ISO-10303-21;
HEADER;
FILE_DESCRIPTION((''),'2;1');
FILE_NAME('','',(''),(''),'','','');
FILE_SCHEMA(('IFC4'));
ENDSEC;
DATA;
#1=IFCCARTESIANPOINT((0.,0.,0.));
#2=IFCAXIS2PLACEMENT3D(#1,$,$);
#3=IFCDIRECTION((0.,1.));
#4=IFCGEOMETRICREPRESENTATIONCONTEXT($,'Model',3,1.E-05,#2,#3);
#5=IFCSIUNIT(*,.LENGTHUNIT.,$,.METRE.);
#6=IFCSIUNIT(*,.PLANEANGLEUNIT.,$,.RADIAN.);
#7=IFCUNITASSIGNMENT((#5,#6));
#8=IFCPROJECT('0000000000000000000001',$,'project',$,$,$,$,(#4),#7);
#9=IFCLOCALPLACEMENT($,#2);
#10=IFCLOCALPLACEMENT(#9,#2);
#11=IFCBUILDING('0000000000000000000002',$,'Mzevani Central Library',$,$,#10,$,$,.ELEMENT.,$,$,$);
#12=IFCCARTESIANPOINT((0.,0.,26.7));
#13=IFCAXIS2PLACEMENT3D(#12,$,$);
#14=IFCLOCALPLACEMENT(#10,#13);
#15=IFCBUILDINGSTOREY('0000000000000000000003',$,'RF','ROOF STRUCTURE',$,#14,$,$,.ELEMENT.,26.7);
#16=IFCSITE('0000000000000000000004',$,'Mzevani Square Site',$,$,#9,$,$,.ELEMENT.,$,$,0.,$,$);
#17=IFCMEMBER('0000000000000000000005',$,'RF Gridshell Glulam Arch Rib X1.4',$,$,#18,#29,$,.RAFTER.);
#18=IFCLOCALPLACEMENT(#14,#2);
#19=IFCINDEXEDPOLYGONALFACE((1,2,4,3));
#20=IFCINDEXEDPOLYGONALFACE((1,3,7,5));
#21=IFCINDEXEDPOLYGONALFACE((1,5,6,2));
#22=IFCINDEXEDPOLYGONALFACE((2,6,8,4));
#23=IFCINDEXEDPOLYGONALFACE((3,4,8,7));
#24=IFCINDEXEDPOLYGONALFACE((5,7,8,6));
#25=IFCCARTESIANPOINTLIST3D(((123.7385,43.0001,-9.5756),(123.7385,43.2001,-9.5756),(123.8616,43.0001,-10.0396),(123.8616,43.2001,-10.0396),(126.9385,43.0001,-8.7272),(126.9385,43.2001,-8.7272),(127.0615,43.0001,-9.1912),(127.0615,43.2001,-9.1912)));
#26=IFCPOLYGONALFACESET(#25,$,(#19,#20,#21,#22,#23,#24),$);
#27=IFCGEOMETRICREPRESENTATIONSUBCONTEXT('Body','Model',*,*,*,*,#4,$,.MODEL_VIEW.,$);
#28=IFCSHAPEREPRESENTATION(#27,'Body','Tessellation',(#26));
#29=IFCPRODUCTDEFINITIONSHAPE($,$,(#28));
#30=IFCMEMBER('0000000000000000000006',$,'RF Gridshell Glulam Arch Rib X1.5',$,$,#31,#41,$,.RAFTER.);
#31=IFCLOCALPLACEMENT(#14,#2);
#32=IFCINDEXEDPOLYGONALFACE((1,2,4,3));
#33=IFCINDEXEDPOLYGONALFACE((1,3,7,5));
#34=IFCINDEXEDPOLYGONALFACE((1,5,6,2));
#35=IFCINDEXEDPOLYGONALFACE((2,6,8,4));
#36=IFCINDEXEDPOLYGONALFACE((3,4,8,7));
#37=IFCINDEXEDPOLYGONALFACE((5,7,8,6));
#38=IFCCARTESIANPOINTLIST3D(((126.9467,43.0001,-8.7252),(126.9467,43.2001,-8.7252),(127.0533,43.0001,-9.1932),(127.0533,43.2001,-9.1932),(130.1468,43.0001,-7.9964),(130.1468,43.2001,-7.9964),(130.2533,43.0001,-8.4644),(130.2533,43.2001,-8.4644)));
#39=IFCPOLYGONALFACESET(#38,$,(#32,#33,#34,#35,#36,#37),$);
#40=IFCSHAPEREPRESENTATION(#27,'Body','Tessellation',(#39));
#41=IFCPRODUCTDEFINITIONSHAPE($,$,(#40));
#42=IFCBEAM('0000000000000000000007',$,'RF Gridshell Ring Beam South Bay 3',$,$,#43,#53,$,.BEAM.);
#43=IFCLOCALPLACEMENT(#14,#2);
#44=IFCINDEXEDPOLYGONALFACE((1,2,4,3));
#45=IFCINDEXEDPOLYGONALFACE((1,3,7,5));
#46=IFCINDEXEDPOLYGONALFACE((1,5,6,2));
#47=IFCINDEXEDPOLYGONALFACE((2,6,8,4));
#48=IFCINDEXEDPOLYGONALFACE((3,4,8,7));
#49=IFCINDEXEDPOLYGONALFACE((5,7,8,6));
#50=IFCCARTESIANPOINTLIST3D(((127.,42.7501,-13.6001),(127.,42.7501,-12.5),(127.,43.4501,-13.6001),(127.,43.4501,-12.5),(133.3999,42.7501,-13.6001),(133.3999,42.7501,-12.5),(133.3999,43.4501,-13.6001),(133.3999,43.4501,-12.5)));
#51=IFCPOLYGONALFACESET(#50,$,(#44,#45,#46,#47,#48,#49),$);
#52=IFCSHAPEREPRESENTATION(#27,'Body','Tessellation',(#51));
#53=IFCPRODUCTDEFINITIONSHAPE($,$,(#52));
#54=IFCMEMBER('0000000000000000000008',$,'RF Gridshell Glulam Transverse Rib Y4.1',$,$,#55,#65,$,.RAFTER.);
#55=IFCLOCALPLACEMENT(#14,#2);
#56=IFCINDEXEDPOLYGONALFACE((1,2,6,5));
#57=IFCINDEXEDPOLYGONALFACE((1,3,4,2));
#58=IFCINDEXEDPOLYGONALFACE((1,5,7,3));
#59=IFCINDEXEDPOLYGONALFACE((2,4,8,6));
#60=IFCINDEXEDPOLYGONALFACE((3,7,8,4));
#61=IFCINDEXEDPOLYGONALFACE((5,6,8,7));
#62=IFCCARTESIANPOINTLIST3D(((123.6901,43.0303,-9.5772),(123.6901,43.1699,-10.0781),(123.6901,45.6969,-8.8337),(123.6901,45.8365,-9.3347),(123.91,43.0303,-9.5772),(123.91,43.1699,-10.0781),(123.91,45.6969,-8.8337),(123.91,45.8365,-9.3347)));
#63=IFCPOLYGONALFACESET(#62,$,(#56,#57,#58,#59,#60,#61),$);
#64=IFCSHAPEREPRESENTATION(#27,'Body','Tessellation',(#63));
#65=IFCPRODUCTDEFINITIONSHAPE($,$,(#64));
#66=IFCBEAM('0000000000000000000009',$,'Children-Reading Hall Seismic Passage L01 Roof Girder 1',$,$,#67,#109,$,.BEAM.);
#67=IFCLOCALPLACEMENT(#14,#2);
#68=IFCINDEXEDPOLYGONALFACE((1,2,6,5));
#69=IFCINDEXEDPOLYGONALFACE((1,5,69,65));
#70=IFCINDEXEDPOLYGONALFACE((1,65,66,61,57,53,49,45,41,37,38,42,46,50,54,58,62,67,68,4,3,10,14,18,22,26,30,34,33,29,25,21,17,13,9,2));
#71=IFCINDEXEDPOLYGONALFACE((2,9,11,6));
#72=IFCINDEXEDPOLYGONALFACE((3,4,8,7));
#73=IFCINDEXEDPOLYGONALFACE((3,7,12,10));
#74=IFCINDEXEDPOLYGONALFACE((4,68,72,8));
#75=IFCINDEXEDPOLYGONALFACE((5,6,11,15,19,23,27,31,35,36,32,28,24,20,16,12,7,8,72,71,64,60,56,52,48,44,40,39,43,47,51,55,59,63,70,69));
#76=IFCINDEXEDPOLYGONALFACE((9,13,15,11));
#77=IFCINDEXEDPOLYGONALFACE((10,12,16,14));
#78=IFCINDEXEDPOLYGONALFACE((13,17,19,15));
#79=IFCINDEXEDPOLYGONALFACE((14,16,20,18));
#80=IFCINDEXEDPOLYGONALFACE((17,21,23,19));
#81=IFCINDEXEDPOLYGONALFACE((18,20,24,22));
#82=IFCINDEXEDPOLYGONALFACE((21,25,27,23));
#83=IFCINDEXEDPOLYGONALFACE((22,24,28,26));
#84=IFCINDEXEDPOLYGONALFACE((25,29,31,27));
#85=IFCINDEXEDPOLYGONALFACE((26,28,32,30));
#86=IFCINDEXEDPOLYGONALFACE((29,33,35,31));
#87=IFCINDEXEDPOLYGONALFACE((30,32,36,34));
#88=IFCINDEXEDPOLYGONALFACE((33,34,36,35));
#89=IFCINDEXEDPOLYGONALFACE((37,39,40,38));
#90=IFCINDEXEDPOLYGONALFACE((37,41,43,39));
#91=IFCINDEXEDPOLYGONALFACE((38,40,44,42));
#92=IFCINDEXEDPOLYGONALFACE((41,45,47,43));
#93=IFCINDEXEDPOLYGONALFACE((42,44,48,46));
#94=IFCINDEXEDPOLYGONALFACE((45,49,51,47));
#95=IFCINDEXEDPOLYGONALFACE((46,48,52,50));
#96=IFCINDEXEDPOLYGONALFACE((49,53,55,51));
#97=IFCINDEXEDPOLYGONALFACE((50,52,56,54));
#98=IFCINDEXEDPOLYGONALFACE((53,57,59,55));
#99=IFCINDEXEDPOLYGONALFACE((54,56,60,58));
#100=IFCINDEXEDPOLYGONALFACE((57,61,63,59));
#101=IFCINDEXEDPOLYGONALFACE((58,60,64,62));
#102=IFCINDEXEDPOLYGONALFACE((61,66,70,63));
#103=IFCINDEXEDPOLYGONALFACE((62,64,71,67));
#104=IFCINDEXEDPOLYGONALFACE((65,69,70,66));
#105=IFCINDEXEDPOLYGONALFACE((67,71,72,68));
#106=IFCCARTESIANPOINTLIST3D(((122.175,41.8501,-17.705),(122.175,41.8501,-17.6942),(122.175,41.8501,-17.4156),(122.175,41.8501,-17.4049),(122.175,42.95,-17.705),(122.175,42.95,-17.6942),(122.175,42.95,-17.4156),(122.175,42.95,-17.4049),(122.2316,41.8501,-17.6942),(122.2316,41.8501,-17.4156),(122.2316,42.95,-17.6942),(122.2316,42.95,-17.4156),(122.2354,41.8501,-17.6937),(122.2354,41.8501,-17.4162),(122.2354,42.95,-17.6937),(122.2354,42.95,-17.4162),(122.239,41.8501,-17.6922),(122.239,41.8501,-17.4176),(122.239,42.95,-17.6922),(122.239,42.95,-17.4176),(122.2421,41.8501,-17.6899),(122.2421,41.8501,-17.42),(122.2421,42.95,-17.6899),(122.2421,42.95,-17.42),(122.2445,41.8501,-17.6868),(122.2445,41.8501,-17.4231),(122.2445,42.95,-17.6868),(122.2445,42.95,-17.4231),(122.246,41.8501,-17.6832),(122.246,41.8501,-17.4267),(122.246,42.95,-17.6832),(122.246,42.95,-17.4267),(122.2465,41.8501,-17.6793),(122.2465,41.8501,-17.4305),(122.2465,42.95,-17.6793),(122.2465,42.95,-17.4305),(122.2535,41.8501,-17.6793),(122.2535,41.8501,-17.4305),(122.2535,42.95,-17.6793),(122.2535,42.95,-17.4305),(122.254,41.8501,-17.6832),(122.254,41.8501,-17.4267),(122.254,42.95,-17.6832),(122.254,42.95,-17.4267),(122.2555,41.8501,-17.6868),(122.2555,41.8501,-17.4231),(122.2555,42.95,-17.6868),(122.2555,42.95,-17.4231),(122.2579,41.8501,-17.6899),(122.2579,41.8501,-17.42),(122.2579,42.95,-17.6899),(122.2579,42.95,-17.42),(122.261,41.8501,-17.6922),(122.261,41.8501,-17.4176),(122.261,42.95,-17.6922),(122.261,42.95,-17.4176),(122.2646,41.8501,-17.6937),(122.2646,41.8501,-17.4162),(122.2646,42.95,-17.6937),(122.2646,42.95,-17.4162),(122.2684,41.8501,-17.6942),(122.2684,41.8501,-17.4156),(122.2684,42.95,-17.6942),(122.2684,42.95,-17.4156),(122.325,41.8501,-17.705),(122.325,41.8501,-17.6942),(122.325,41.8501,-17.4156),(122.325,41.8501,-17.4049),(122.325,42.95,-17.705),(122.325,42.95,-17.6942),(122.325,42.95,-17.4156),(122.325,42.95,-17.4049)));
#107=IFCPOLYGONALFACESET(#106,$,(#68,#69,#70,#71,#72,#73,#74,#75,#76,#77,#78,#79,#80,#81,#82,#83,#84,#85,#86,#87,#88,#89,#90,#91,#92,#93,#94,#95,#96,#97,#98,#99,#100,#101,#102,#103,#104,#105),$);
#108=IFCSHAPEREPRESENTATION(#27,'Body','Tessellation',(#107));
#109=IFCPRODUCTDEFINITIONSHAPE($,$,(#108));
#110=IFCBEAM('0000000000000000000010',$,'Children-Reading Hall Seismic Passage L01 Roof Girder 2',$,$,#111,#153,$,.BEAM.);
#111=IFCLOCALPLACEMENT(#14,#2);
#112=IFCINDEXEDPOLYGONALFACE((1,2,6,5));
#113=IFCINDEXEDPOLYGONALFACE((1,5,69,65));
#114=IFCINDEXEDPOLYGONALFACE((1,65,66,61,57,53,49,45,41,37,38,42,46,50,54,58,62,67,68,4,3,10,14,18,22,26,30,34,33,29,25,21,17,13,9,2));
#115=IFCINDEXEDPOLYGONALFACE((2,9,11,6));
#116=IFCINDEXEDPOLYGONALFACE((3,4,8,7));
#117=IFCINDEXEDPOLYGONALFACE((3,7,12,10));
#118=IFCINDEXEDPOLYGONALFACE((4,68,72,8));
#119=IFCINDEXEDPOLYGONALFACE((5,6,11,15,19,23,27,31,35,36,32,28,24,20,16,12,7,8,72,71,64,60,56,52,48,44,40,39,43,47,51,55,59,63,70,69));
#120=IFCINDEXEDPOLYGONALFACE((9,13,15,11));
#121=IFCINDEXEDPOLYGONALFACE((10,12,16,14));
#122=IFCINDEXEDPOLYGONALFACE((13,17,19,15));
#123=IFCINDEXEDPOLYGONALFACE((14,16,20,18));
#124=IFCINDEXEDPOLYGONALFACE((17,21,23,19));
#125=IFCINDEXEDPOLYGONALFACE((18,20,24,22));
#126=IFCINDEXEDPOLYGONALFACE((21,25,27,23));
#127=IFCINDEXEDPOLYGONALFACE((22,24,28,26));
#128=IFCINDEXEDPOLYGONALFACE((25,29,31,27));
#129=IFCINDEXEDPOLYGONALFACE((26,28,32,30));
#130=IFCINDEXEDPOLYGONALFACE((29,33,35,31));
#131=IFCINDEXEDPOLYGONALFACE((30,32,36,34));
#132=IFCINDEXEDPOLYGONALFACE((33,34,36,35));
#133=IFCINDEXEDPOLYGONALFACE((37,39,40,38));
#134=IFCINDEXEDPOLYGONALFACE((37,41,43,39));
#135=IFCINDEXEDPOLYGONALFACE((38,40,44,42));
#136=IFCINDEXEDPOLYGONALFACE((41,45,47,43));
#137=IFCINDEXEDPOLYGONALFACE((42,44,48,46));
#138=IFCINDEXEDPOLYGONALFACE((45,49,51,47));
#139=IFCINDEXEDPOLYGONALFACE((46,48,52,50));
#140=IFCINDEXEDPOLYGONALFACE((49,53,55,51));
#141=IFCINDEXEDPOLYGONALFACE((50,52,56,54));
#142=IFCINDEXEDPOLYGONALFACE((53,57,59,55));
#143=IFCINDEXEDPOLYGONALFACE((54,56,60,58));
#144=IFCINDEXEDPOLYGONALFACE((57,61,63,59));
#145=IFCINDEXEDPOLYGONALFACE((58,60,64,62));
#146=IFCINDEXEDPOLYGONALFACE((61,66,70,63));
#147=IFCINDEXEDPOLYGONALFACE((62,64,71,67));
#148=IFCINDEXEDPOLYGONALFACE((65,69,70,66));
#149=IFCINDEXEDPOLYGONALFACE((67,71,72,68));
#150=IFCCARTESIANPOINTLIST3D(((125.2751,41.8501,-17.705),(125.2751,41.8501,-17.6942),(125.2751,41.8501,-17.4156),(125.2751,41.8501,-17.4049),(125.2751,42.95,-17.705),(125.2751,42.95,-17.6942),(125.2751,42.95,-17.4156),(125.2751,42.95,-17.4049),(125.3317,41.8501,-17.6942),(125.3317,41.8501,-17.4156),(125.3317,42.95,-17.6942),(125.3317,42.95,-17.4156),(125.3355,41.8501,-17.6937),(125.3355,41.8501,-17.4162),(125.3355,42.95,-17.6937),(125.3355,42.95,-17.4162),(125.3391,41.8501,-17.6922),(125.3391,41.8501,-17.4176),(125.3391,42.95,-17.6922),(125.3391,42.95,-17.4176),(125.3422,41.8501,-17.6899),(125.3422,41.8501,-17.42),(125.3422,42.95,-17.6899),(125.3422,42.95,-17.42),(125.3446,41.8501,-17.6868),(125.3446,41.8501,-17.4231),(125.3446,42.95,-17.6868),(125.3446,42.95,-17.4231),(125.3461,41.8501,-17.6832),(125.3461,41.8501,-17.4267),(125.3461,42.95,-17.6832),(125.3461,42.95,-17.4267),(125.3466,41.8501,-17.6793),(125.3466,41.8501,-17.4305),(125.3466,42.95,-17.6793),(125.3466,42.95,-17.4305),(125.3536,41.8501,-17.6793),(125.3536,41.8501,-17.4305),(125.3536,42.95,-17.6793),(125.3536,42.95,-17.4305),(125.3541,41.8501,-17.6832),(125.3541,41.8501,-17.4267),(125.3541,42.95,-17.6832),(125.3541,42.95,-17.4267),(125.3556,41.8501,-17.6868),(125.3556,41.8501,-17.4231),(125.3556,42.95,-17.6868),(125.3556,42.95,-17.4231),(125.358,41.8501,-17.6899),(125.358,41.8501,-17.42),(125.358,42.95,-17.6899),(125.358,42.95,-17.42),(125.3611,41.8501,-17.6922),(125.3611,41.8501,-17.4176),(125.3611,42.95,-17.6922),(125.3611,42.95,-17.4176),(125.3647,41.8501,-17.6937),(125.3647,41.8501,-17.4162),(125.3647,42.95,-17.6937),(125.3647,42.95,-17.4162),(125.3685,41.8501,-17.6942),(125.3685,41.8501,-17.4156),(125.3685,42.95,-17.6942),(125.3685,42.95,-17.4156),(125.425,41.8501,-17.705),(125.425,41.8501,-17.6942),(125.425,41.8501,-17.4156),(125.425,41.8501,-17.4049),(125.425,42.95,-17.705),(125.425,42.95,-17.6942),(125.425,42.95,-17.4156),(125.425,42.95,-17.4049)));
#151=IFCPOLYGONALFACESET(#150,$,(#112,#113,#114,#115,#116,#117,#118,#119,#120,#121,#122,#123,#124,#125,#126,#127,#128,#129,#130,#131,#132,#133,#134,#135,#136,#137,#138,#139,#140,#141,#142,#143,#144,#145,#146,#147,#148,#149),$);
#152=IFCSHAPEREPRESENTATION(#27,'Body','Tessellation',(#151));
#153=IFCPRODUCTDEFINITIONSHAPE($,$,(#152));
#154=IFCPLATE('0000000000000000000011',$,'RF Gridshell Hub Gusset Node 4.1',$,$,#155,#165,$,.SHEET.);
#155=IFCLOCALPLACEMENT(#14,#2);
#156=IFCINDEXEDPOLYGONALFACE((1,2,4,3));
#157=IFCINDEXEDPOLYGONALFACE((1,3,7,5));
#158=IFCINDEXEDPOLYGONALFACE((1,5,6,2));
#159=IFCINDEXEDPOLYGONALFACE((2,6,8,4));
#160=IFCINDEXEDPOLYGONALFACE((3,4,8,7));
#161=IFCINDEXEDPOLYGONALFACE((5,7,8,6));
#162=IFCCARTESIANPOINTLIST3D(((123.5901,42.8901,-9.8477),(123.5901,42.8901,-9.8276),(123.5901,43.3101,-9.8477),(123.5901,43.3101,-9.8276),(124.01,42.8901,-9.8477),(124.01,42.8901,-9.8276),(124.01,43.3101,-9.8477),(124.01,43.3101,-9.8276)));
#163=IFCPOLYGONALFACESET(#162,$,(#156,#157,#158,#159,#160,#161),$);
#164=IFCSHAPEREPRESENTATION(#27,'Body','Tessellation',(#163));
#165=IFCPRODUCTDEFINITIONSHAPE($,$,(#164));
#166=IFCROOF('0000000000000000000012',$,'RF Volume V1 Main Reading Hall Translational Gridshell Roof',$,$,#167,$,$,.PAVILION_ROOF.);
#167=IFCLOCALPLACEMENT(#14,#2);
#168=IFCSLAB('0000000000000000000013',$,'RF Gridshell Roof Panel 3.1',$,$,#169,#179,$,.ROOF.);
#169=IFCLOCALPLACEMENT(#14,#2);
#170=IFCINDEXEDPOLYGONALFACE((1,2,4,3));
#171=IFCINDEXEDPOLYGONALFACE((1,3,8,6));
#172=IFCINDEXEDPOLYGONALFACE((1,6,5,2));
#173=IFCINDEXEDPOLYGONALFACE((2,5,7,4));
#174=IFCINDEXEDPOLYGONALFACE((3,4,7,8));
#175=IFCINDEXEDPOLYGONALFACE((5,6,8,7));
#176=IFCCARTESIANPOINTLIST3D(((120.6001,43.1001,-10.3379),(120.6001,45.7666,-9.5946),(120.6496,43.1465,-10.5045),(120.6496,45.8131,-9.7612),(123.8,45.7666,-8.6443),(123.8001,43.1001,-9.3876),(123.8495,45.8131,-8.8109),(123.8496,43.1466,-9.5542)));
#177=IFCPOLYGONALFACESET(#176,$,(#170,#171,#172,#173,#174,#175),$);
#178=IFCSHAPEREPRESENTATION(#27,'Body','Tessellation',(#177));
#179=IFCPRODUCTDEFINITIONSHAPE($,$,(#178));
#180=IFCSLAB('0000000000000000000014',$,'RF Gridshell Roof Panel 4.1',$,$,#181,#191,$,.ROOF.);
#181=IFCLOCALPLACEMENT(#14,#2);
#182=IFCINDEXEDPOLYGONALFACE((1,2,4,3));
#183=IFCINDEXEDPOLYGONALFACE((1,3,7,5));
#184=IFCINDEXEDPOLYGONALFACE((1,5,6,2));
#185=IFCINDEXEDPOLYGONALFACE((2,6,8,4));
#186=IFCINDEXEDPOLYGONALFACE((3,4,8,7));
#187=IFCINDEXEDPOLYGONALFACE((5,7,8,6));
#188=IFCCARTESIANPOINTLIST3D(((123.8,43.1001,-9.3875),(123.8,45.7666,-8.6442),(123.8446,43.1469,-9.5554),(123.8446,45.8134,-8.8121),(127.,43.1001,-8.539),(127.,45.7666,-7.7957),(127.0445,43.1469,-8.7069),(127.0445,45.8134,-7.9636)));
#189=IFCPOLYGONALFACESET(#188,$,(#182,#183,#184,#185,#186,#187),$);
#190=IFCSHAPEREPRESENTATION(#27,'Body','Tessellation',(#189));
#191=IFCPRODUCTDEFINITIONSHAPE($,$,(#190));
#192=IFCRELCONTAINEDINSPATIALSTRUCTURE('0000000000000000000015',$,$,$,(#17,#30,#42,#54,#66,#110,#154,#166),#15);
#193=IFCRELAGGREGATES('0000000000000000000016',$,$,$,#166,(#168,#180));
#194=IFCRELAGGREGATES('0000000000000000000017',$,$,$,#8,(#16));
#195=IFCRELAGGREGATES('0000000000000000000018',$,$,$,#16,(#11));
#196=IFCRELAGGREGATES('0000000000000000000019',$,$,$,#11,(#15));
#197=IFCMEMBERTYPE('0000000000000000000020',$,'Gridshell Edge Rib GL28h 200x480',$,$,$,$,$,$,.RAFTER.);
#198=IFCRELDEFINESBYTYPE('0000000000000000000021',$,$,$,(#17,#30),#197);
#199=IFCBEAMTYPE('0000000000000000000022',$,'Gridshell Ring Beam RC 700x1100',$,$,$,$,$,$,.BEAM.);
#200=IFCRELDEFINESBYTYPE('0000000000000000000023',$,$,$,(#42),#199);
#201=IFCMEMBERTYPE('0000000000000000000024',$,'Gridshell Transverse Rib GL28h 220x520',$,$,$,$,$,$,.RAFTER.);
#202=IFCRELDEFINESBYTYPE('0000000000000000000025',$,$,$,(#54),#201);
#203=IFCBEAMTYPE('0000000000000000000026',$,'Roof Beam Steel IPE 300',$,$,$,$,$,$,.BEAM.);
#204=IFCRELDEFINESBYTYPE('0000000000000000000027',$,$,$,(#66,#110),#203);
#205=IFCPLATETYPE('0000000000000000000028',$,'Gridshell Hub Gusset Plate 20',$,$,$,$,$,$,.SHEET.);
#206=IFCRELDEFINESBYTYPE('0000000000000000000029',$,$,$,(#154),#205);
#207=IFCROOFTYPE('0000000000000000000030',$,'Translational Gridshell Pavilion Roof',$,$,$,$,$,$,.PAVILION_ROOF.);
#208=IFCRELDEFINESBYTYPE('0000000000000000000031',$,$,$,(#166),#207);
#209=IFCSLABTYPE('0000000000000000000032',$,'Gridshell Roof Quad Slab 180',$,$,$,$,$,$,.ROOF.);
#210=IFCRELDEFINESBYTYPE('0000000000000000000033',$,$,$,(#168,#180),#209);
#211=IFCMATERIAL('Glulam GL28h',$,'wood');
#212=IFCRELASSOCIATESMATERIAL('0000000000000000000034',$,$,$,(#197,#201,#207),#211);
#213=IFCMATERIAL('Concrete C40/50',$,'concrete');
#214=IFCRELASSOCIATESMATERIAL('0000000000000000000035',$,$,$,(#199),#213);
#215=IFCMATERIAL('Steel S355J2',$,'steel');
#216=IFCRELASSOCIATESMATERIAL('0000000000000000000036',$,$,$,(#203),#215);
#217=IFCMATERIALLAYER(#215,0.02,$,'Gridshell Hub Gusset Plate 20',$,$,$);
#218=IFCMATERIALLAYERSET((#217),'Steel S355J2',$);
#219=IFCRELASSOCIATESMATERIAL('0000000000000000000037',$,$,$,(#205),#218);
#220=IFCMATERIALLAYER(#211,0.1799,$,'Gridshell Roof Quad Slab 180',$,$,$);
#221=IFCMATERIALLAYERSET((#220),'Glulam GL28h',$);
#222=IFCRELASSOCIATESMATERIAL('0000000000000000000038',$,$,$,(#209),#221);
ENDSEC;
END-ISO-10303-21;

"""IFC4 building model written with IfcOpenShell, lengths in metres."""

from ifc_helpers import new_model, si_unit, direction, frame, origin, origin_2d, place, context, subcontext, project, spatial, polyline, rectangle, i_section, outline, extrude, material, layer, layer_set, material_profile, profile_set, type_object, element, aggregate, save


model = new_model("IFC4")

# Units and contexts
model_context = context("Model", 3, precision=1e-05, world=origin(), true_north=direction((0.0, 1.0)))
body_context = subcontext(model_context, "Body", "Model", "MODEL_VIEW")
ifc_project = project(units=[si_unit("LENGTHUNIT", "METRE"), si_unit("PLANEANGLEUNIT", "RADIAN")], contexts=[model_context])

# Site, building, storey
site_placement = place(None, origin())
site = spatial("IfcSite", under=ifc_project, at=site_placement, Name="Mzevani Square Site", CompositionType="ELEMENT", RefElevation=0.0)
building_placement = place(site_placement, origin())
building = spatial("IfcBuilding", under=site, at=building_placement, Name="Mzevani Central Library", CompositionType="ELEMENT")
storey_placement = place(building_placement, frame((0.0, 0.0, 26.7)))
storey = spatial("IfcBuildingStorey", under=building, at=storey_placement, Name="RF", Description="ROOF STRUCTURE", CompositionType="ELEMENT", Elevation=26.7)

# Members
ifc_material_1 = material(Name="Glulam GL28h", Category="wood")
ifc_material_profile_1 = material_profile(ifc_material_1, rectangle(XDim=0.2, YDim=0.48, at=origin_2d()), Name="GL28h 200x480")
ifc_profile_set_1 = profile_set([ifc_material_profile_1], Name="Glulam GL28h")
member_type_1 = type_object("IfcMemberType", Name="Gridshell Edge Rib GL28h 200x480", PredefinedType="RAFTER", material=ifc_profile_set_1)
member_1_placement = place(storey_placement, frame((123.8, 43.1001, -9.8076), z_axis=(0.966605, 0.0, 0.256272), x_axis=(0.0, 1.0, 0.0)))
element("IfcMember", 1, at=member_1_placement, inside=storey, type_object=member_type_1, Name="RF Gridshell Glulam Arch Rib X1.4", PredefinedType="RAFTER", context=body_context, shape_type="SweptSolid", body=[
    extrude(rectangle(XDim=0.2, YDim=0.48, at=origin_2d()), origin(), (0.0, 0.0, 1.0), 3.3105),
])
member_2_placement = place(storey_placement, frame((127.0, 43.1001, -8.9592), z_axis=(0.975034, 0.0, 0.222055), x_axis=(0.0, 1.0, 0.0)))
element("IfcMember", 2, at=member_2_placement, inside=storey, type_object=member_type_1, Name="RF Gridshell Glulam Arch Rib X1.5", PredefinedType="RAFTER", context=body_context, shape_type="SweptSolid", body=[
    extrude(rectangle(XDim=0.2, YDim=0.48, at=origin_2d()), origin(), (0.0, 0.0, 1.0), 3.282),
])

# Beam
ifc_material_2 = material(Name="Concrete C40/50", Category="concrete")
ifc_material_profile_2 = material_profile(ifc_material_2, rectangle(XDim=0.7, YDim=1.1001, at=origin_2d()), Name="RC RB700x1100")
ifc_profile_set_2 = profile_set([ifc_material_profile_2], Name="Concrete C40/50")
beam_type_1 = type_object("IfcBeamType", Name="Gridshell Ring Beam RC 700x1100", PredefinedType="BEAM", material=ifc_profile_set_2)
beam_1_placement = place(storey_placement, frame((127.0, 43.1001, -13.05), z_axis=(1.0, 0.0, 0.0), x_axis=(0.0, 1.0, 0.0)))
element("IfcBeam", 3, at=beam_1_placement, inside=storey, type_object=beam_type_1, Name="RF Gridshell Ring Beam South Bay 3", PredefinedType="BEAM", context=body_context, shape_type="SweptSolid", body=[
    extrude(rectangle(XDim=0.7, YDim=1.1001, at=origin_2d()), origin(), (0.0, 0.0, 1.0), 6.3999),
])

# Member
ifc_material_profile_3 = material_profile(ifc_material_1, rectangle(XDim=0.22, YDim=0.52, at=origin_2d()), Name="GL28h 220x520")
ifc_profile_set_3 = profile_set([ifc_material_profile_3], Name="Glulam GL28h")
member_type_2 = type_object("IfcMemberType", Name="Gridshell Transverse Rib GL28h 220x520", PredefinedType="RAFTER", material=ifc_profile_set_3)
member_3_placement = place(storey_placement, frame((123.8, 43.1001, -9.8276), z_axis=(0.0, 0.963265, 0.268553), x_axis=(-1.0, 0.0, 0.0)))
element("IfcMember", 4, at=member_3_placement, inside=storey, type_object=member_type_2, Name="RF Gridshell Glulam Transverse Rib Y4.1", PredefinedType="RAFTER", context=body_context, shape_type="SweptSolid", body=[
    extrude(rectangle(XDim=0.22, YDim=0.52, at=origin_2d()), origin(), (0.0, 0.0, 1.0), 2.7683),
])

# Beams
ifc_material_3 = material(Name="Steel S355J2", Category="steel")
ifc_material_profile_4 = material_profile(ifc_material_3, i_section(OverallWidth=0.1499, OverallDepth=0.3, WebThickness=0.0071, FlangeThickness=0.0107, FilletRadius=0.0149, at=origin_2d()), Name="IPE 300")
ifc_profile_set_4 = profile_set([ifc_material_profile_4], Name="Steel S355J2")
beam_type_2 = type_object("IfcBeamType", Name="Roof Beam Steel IPE 300", PredefinedType="BEAM", material=ifc_profile_set_4)
for number, where, z_axis, x_axis, name in (
    (5, (122.25, 41.8501, -17.5549), (0.0, 1.0, 0.0), (-1.0, 0.0, 0.0), "Children-Reading Hall Seismic Passage L01 Roof Girder 1"),
    (6, (125.3501, 41.8501, -17.5549), (0.0, 1.0, 0.0), (-1.0, 0.0, 0.0), "Children-Reading Hall Seismic Passage L01 Roof Girder 2"),
):
    element("IfcBeam", number, at=place(storey_placement, frame(where, z_axis=z_axis, x_axis=x_axis)), inside=storey, type_object=beam_type_2, Name=name, PredefinedType="BEAM", context=body_context, shape_type="SweptSolid", body=[
        extrude(i_section(OverallWidth=0.1499, OverallDepth=0.3, WebThickness=0.0071, FlangeThickness=0.0107, FilletRadius=0.0149, at=origin_2d()), origin(), (0.0, 0.0, 1.0), 1.0999),
    ])

# Plate
ifc_layer_1 = layer(ifc_material_3, 0.02, Name="Gridshell Hub Gusset Plate 20")
ifc_layer_set_1 = layer_set([ifc_layer_1], Name="Steel S355J2")
plate_type = type_object("IfcPlateType", Name="Gridshell Hub Gusset Plate 20", PredefinedType="SHEET", material=ifc_layer_set_1)
plate_placement = place(storey_placement, frame((123.8, 43.1001, -9.8477), z_axis=(0.0, 0.0, 1.0), x_axis=(1.0, 0.0, 0.0)))
element("IfcPlate", 7, at=plate_placement, inside=storey, type_object=plate_type, Name="RF Gridshell Hub Gusset Node 4.1", PredefinedType="SHEET", context=body_context, shape_type="SweptSolid", body=[
    extrude(rectangle(XDim=0.4199, YDim=0.4199, at=origin_2d()), origin(), (0.0, 0.0, 1.0), 0.02),
])

# Roof, slabs
roof_type = type_object("IfcRoofType", Name="Translational Gridshell Pavilion Roof", PredefinedType="PAVILION_ROOF", material=ifc_material_1)
roof_placement = place(storey_placement, origin())
roof = element("IfcRoof", 8, at=roof_placement, inside=storey, type_object=roof_type, Name="RF Volume V1 Main Reading Hall Translational Gridshell Roof", PredefinedType="PAVILION_ROOF")
ifc_layer_2 = layer(ifc_material_1, 0.1799, Name="Gridshell Roof Quad Slab 180")
ifc_layer_set_2 = layer_set([ifc_layer_2], Name="Glulam GL28h")
slab_type = type_object("IfcSlabType", Name="Gridshell Roof Quad Slab 180", PredefinedType="ROOF", material=ifc_layer_set_2)
slab_1_placement = place(storey_placement, frame((120.6001, 43.1001, -10.3379), z_axis=(-0.27504, -0.258157, 0.926125), x_axis=(0.958619, 0.000009, 0.284692)))
slab_1 = element("IfcSlab", 9, at=slab_1_placement, type_object=slab_type, Name="RF Gridshell Roof Panel 3.1", PredefinedType="ROOF", context=body_context, shape_type="SweptSolid", body=[
    extrude(outline(polyline([(0.0, 0.0), (3.3381, 0.0), (3.5497, 2.76), (0.2117, 2.7601), (0.0, 0.0)])), origin(), (0.0, 0.0, -1.0), 0.1799),
])
slab_2_placement = place(storey_placement, frame((123.8, 43.1001, -9.3875), z_axis=(-0.24748, -0.26016, 0.933311), x_axis=(0.966596, -0.000009, 0.256304)))
slab_2 = element("IfcSlab", 10, at=slab_2_placement, type_object=slab_type, Name="RF Gridshell Roof Panel 4.1", PredefinedType="ROOF", context=body_context, shape_type="SweptSolid", body=[
    extrude(outline(polyline([(0.0, 0.0), (3.3105, 0.0), (3.501, 2.7616), (0.1905, 2.7616), (0.0, 0.0)])), origin(), (0.0, 0.0, -1.0), 0.1799),
])
aggregate(roof, [slab_1, slab_2])

save(model, "model.ifc")
